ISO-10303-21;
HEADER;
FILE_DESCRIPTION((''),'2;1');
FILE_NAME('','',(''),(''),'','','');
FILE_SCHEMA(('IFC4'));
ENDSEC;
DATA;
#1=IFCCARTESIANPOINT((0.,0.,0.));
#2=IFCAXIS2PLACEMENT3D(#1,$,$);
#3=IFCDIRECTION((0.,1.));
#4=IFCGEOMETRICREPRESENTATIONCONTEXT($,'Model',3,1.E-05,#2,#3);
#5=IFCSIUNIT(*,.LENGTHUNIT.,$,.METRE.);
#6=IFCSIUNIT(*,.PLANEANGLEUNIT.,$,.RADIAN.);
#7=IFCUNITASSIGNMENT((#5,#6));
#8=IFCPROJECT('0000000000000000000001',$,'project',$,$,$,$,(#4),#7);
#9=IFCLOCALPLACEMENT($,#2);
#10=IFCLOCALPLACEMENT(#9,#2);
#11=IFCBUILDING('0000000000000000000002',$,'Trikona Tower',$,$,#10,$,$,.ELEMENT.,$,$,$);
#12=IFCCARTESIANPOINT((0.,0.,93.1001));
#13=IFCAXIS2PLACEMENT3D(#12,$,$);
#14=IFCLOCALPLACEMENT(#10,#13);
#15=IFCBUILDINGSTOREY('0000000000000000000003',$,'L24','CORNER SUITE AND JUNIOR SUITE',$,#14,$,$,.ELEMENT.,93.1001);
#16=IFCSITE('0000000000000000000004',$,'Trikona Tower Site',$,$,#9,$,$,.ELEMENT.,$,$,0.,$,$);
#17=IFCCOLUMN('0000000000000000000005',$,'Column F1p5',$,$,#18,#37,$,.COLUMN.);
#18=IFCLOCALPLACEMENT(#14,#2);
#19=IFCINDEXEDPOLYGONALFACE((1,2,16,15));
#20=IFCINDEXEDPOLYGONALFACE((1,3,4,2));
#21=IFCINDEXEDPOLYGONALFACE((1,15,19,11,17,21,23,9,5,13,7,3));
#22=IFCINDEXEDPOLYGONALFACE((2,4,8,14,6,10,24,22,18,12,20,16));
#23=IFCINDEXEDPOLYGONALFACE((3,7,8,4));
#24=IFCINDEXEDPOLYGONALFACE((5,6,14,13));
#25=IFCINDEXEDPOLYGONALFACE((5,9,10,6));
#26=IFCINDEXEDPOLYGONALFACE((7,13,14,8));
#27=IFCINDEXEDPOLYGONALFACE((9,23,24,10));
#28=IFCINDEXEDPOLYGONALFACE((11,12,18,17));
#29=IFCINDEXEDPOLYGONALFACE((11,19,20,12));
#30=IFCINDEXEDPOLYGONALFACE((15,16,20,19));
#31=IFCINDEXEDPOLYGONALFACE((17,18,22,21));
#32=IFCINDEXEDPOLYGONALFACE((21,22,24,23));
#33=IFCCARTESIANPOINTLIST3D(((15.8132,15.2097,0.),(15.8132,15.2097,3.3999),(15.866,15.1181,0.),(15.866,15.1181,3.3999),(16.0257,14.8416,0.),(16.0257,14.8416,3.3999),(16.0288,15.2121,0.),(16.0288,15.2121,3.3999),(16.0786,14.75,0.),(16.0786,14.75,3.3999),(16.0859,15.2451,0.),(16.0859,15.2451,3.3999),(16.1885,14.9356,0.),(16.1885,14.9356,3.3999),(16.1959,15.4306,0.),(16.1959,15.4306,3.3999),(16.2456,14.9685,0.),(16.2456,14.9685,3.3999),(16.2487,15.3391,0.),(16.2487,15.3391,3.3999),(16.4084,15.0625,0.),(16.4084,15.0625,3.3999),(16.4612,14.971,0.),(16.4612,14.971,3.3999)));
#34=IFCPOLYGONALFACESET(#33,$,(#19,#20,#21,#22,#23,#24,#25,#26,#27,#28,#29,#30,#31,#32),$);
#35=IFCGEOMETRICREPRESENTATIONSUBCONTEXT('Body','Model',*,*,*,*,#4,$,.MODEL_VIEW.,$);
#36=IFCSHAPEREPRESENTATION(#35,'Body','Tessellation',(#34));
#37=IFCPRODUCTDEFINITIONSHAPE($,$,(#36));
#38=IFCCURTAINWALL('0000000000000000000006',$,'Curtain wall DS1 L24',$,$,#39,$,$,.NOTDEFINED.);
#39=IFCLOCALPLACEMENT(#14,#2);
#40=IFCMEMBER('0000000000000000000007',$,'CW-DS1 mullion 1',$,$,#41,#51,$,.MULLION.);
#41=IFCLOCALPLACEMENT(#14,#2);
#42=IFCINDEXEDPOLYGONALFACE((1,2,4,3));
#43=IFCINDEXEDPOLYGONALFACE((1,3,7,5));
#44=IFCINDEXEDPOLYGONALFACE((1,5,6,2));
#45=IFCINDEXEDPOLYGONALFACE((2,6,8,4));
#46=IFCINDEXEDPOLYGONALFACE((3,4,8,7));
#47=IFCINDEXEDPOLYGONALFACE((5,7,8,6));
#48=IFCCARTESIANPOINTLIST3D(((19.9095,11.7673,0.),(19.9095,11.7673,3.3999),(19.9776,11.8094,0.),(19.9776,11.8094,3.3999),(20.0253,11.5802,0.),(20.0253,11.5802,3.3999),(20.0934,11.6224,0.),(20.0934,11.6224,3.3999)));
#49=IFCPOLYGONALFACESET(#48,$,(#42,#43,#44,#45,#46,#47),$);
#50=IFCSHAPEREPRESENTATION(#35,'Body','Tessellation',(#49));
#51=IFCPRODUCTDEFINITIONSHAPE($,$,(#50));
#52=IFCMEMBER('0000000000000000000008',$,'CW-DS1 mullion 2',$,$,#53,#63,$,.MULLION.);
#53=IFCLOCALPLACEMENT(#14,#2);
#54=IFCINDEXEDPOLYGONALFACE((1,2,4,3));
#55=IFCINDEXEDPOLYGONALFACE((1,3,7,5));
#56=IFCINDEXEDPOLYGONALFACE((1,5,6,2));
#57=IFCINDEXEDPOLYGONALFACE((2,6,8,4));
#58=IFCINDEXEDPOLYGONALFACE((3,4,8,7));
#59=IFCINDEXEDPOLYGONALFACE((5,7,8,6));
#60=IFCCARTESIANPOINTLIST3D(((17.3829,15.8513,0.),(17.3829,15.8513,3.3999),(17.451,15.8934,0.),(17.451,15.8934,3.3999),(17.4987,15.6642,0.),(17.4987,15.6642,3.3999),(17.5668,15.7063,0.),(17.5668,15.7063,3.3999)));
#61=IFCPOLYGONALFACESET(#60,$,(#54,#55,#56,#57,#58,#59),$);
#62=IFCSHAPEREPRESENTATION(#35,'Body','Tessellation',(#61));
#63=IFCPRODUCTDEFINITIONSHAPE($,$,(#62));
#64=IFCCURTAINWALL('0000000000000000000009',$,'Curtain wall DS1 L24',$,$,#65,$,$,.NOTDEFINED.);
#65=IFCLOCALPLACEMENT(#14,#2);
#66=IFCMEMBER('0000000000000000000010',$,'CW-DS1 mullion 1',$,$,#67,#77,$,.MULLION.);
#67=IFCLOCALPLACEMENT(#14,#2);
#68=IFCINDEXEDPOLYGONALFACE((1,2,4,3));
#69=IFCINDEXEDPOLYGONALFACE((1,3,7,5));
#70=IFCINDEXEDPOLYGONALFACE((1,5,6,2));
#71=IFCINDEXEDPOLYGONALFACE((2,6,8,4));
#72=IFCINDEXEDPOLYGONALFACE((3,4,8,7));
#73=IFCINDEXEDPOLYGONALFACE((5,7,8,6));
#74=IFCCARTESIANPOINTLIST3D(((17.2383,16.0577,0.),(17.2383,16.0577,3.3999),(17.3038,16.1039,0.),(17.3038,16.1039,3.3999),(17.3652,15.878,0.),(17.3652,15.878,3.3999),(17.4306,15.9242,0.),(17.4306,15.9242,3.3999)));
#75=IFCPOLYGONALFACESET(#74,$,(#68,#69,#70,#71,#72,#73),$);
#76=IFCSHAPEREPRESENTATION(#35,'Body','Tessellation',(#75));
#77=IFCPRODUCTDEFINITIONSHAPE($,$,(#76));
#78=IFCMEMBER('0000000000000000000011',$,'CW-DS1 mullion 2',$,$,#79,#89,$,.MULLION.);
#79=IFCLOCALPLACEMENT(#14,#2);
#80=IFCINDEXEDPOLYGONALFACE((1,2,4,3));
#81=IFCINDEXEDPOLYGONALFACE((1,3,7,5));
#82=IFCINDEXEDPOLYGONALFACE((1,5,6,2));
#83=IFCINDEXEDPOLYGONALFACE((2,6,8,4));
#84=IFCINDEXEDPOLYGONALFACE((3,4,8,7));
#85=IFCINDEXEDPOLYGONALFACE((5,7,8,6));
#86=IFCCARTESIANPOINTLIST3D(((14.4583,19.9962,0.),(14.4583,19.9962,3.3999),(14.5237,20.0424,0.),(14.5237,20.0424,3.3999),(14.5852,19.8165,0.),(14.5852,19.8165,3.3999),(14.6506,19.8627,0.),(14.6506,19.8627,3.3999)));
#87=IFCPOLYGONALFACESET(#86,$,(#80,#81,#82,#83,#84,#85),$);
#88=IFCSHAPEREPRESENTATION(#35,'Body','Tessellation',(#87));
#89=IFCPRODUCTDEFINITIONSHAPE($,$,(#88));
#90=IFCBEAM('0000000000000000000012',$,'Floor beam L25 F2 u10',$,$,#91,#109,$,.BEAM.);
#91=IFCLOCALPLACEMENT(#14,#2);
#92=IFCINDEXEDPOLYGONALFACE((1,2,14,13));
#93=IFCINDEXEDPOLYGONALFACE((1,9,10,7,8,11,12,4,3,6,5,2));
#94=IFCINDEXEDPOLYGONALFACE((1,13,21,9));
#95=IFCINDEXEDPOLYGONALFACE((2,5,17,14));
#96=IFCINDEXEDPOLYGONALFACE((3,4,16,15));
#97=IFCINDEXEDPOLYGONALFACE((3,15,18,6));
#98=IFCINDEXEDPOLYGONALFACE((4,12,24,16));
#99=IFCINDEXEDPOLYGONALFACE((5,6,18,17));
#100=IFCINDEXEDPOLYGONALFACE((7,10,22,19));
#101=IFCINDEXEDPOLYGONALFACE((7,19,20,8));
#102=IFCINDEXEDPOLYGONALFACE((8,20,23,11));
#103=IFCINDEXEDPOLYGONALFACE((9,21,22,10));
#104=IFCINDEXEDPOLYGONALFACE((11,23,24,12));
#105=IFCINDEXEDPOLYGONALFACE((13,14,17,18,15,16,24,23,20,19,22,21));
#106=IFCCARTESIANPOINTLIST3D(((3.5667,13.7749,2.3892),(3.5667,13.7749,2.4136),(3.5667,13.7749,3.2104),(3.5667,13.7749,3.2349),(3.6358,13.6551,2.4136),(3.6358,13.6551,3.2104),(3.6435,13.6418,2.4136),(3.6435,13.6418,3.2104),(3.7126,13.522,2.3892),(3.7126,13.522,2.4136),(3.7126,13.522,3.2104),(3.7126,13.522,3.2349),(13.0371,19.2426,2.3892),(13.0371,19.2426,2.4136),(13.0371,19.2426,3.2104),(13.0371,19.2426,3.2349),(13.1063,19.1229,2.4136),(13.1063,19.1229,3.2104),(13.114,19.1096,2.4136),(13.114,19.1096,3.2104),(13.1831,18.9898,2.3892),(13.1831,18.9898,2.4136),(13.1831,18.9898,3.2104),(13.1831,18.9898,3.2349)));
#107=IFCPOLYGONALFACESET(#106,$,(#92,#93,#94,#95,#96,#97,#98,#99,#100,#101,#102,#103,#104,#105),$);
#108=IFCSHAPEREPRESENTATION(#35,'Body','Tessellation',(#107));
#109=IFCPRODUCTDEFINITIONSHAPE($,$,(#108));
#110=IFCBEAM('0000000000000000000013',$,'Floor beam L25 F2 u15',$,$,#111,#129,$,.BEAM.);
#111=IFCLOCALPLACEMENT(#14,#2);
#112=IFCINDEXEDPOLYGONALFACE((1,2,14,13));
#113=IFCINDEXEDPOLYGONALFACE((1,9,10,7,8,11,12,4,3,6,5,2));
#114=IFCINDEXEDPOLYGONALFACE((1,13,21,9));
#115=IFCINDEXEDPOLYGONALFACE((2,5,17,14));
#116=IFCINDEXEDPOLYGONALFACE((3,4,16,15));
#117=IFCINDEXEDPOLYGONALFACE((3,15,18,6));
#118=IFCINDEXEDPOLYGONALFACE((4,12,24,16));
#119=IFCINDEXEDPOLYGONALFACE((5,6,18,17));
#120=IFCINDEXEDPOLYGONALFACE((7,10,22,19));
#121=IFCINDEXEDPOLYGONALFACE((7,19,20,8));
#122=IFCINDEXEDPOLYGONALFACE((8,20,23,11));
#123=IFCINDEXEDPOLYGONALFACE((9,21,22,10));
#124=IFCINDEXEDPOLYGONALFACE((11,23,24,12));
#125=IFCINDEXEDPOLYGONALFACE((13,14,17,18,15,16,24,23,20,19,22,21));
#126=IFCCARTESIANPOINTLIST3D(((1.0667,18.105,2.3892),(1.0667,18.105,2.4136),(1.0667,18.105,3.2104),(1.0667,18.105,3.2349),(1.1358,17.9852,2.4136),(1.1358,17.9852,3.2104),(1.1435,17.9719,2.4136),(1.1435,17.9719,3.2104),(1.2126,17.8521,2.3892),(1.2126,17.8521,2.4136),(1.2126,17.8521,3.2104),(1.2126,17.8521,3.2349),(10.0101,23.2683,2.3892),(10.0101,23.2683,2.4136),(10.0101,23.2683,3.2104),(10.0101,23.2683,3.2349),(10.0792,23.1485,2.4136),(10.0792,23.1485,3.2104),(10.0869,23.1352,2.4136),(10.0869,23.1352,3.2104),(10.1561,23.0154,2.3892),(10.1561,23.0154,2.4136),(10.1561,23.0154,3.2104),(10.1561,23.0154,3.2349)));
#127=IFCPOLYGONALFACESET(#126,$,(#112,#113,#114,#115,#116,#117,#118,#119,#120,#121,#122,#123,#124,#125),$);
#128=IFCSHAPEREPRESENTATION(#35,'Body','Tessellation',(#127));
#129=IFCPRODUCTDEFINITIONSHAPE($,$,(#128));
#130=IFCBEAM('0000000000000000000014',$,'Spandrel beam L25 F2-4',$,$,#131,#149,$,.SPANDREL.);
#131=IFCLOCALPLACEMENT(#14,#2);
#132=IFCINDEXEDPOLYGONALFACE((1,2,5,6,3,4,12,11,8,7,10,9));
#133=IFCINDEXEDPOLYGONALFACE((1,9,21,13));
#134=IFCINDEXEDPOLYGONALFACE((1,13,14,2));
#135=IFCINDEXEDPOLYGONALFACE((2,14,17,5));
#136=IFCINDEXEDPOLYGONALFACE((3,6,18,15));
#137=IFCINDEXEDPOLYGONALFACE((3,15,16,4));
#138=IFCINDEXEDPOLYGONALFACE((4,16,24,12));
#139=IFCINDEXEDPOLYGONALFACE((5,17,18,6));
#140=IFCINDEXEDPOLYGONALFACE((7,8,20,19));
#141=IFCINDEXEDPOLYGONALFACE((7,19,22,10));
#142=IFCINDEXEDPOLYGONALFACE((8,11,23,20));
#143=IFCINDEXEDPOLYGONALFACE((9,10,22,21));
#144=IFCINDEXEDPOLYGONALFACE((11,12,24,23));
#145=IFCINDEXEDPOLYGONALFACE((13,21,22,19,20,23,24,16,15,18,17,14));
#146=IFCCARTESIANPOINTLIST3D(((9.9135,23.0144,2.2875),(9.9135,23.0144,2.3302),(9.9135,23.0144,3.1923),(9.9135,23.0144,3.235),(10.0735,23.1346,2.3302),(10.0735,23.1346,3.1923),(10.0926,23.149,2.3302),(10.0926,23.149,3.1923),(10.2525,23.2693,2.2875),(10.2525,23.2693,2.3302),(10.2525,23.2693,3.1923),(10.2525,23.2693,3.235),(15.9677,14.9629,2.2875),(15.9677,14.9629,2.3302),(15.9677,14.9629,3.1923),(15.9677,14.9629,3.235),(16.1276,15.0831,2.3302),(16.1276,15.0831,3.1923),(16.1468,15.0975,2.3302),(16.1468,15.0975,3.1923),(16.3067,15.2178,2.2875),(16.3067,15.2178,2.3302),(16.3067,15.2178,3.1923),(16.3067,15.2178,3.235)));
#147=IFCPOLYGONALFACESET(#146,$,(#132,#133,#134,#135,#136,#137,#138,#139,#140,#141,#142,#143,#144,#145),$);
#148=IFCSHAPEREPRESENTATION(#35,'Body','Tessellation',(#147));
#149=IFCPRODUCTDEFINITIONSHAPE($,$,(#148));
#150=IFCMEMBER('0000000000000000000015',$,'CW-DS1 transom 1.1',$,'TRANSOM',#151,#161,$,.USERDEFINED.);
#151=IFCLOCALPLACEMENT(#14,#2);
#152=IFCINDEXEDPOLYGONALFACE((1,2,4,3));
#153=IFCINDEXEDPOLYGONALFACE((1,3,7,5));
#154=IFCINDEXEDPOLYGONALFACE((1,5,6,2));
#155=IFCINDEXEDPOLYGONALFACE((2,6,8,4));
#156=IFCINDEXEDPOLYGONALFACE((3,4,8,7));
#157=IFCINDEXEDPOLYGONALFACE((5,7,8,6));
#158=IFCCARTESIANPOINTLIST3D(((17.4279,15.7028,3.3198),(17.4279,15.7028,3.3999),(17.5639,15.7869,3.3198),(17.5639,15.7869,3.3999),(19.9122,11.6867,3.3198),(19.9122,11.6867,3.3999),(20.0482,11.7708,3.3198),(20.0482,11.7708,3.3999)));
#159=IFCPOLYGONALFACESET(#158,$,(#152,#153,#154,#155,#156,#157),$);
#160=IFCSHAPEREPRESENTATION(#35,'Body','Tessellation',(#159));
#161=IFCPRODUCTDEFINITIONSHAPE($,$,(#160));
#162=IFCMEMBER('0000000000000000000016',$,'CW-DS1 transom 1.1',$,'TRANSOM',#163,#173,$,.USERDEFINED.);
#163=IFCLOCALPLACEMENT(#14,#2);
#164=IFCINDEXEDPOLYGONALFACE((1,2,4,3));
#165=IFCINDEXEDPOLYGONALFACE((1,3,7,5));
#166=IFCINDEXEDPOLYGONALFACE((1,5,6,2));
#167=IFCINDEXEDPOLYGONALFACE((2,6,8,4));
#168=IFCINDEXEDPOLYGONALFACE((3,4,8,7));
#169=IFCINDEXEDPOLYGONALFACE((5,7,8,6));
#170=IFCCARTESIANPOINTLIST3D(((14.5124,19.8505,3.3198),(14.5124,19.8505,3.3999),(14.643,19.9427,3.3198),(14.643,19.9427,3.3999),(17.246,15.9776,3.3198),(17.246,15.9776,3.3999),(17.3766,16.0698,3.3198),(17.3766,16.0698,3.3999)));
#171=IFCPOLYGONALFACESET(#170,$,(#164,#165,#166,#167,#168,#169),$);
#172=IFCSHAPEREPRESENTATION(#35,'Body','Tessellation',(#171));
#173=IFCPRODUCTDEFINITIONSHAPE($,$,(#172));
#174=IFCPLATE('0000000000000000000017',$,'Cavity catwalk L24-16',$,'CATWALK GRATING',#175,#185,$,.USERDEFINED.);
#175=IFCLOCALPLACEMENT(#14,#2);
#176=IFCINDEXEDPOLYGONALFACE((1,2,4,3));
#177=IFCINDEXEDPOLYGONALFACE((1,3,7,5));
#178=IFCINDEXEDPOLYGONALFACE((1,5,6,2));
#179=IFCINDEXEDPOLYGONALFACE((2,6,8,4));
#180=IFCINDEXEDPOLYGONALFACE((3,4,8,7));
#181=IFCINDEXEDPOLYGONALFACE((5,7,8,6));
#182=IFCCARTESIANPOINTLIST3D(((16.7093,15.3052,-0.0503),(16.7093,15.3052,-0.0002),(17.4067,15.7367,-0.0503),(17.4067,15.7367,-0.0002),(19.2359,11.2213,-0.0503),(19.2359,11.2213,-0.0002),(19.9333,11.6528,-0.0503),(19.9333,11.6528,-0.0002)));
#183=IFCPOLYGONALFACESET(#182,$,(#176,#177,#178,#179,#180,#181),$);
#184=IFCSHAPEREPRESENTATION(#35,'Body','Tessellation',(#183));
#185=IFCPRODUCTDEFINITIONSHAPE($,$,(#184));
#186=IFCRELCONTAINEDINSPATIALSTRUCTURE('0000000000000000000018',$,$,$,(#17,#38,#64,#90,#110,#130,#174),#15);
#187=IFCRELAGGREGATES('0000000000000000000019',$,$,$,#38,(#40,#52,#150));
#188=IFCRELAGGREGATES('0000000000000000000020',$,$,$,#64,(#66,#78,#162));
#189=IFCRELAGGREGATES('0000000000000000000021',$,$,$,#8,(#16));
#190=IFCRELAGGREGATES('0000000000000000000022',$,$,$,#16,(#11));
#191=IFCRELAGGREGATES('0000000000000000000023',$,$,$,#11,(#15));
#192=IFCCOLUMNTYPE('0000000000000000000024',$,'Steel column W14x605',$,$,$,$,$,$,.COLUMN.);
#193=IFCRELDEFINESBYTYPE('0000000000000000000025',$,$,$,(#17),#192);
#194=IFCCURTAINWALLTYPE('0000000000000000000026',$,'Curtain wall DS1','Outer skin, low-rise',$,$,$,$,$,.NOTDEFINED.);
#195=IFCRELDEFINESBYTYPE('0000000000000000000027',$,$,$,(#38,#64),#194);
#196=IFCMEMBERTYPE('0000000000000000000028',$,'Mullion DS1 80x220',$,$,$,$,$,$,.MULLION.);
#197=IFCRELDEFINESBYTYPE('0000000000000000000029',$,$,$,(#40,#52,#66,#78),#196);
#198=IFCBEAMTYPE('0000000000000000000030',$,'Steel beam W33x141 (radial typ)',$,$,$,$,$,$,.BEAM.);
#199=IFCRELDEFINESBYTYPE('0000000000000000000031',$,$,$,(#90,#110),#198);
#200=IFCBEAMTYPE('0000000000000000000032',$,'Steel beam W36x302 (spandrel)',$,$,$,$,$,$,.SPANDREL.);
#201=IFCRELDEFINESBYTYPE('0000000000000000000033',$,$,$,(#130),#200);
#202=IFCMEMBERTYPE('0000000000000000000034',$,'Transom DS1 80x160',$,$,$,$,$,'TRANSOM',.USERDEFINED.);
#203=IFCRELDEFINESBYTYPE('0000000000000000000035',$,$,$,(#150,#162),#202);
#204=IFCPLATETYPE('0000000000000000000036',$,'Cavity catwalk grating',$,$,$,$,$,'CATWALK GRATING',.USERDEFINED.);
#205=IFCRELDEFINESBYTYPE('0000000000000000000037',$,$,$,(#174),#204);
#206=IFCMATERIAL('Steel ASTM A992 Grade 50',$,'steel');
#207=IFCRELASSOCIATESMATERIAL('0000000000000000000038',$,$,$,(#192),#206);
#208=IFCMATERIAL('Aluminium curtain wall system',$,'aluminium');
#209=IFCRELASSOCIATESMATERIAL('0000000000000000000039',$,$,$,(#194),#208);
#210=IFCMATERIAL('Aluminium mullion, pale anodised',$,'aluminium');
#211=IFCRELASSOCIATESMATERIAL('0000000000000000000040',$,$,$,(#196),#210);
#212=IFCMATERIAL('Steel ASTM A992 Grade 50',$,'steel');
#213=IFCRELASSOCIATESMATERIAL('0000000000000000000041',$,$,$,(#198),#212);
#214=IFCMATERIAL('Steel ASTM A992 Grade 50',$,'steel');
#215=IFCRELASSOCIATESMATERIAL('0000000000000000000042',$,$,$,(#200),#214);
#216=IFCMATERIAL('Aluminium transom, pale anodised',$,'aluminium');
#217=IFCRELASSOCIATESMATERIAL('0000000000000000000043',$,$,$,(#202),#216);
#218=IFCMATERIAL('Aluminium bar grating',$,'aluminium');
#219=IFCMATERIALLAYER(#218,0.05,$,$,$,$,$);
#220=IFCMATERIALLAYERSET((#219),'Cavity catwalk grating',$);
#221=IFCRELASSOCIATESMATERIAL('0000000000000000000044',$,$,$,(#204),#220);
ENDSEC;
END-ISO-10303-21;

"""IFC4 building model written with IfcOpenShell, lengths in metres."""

from ifc_helpers import new_model, si_unit, direction, frame, origin, origin_2d, place, context, subcontext, project, spatial, rectangle, i_section, extrude, material, layer, layer_set, material_profile, profile_set, type_object, element, aggregate, save


model = new_model("IFC4")

# Units and contexts
model_context = context("Model", 3, precision=1e-05, world=origin(), true_north=direction((0.0, 1.0)))
body_context = subcontext(model_context, "Body", "Model", "MODEL_VIEW")
ifc_project = project(units=[si_unit("LENGTHUNIT", "METRE"), si_unit("PLANEANGLEUNIT", "RADIAN")], contexts=[model_context])

# Site, building, storey
site_placement = place(None, origin())
site = spatial("IfcSite", under=ifc_project, at=site_placement, Name="Trikona Tower Site", CompositionType="ELEMENT", RefElevation=0.0)
building_placement = place(site_placement, origin())
building = spatial("IfcBuilding", under=site, at=building_placement, Name="Trikona Tower", CompositionType="ELEMENT")
storey_placement = place(building_placement, frame((0.0, 0.0, 93.1001)))
storey = spatial("IfcBuildingStorey", under=building, at=storey_placement, Name="L24", Description="CORNER SUITE AND JUNIOR SUITE", CompositionType="ELEMENT", Elevation=93.1001)

# Column
ifc_material_1 = material(Name="Steel ASTM A992 Grade 50", Category="steel")
ifc_material_profile_1 = material_profile(ifc_material_1, i_section(OverallWidth=0.4419, OverallDepth=0.5308, WebThickness=0.0659, FlangeThickness=0.1057, at=origin_2d()), Name="W14X605")
ifc_profile_set_1 = profile_set([ifc_material_profile_1], Name="Steel ASTM A992 Grade 50")
column_type = type_object("IfcColumnType", Name="Steel column W14x605", PredefinedType="COLUMN", material=ifc_profile_set_1)
column_placement = place(storey_placement, frame((16.1372, 15.0903, 0.0), z_axis=(0.0, 0.0, 1.0), x_axis=(0.866025, 0.5, 0.0)))
element("IfcColumn", 1, at=column_placement, inside=storey, type_object=column_type, Name="Column F1p5", PredefinedType="COLUMN", context=body_context, shape_type="SweptSolid", body=[
    extrude(i_section(OverallWidth=0.4419, OverallDepth=0.5308, WebThickness=0.0659, FlangeThickness=0.1057, at=origin_2d()), origin(), (0.0, 0.0, 1.0), 3.3999),
])

# Curtain walls, members
ifc_material_2 = material(Name="Aluminium curtain wall system", Category="aluminium")
curtain_wall_type = type_object("IfcCurtainWallType", Name="Curtain wall DS1", Description="Outer skin, low-rise", PredefinedType="NOTDEFINED", material=ifc_material_2)
curtain_wall_1_placement = place(storey_placement, origin())
curtain_wall_1 = element("IfcCurtainWall", 2, at=curtain_wall_1_placement, inside=storey, type_object=curtain_wall_type, Name="Curtain wall DS1 L24", PredefinedType="NOTDEFINED")
ifc_material_3 = material(Name="Aluminium mullion, pale anodised", Category="aluminium")
ifc_material_profile_2 = material_profile(ifc_material_3, rectangle(XDim=0.0801, YDim=0.22, at=origin_2d()), Name="MUL-DS1")
ifc_profile_set_2 = profile_set([ifc_material_profile_2], Name="Aluminium mullion, pale anodised")
member_type_1 = type_object("IfcMemberType", Name="Mullion DS1 80x220", PredefinedType="MULLION", material=ifc_profile_set_2)
member_1_placement = place(storey_placement, frame((20.0015, 11.6948, 0.0), z_axis=(0.0, 0.0, 1.0), x_axis=(-0.85041, -0.52612, 0.0)))
member_1 = element("IfcMember", 3, at=member_1_placement, type_object=member_type_1, Name="CW-DS1 mullion 1", PredefinedType="MULLION", context=body_context, shape_type="SweptSolid", body=[
    extrude(rectangle(XDim=0.0801, YDim=0.22, at=origin_2d()), origin(), (0.0, 0.0, 1.0), 3.3999),
])
member_2_placement = place(storey_placement, frame((17.4749, 15.7788, 0.0), z_axis=(0.0, 0.0, 1.0), x_axis=(-0.85041, -0.52612, 0.0)))
member_2 = element("IfcMember", 4, at=member_2_placement, type_object=member_type_1, Name="CW-DS1 mullion 2", PredefinedType="MULLION", context=body_context, shape_type="SweptSolid", body=[
    extrude(rectangle(XDim=0.0801, YDim=0.22, at=origin_2d()), origin(), (0.0, 0.0, 1.0), 3.3999),
])
curtain_wall_2_placement = place(storey_placement, origin())
curtain_wall_2 = element("IfcCurtainWall", 5, at=curtain_wall_2_placement, inside=storey, type_object=curtain_wall_type, Name="Curtain wall DS1 L24", PredefinedType="NOTDEFINED")
member_3_placement = place(storey_placement, frame((17.3345, 15.991, 0.0), z_axis=(0.0, 0.0, 1.0), x_axis=(-0.816985, -0.576658, 0.0)))
member_3 = element("IfcMember", 6, at=member_3_placement, type_object=member_type_1, Name="CW-DS1 mullion 1", PredefinedType="MULLION", context=body_context, shape_type="SweptSolid", body=[
    extrude(rectangle(XDim=0.0801, YDim=0.22, at=origin_2d()), origin(), (0.0, 0.0, 1.0), 3.3999),
])
member_4_placement = place(storey_placement, frame((14.5544, 19.9294, 0.0), z_axis=(0.0, 0.0, 1.0), x_axis=(-0.816985, -0.576658, 0.0)))
member_4 = element("IfcMember", 7, at=member_4_placement, type_object=member_type_1, Name="CW-DS1 mullion 2", PredefinedType="MULLION", context=body_context, shape_type="SweptSolid", body=[
    extrude(rectangle(XDim=0.0801, YDim=0.22, at=origin_2d()), origin(), (0.0, 0.0, 1.0), 3.3999),
])

# Beams
ifc_material_4 = material(Name="Steel ASTM A992 Grade 50", Category="steel")
ifc_material_profile_3 = material_profile(ifc_material_4, i_section(OverallWidth=0.292, OverallDepth=0.8457, WebThickness=0.0154, FlangeThickness=0.0244, at=origin_2d()), Name="W33X141")
ifc_profile_set_3 = profile_set([ifc_material_profile_3], Name="Steel ASTM A992 Grade 50")
beam_type_1 = type_object("IfcBeamType", Name="Steel beam W33x141 (radial typ)", PredefinedType="BEAM", material=ifc_profile_set_3)
beam_1_placement = place(storey_placement, frame((3.6396, 13.6484, 2.812), z_axis=(0.866025, 0.5, 0.0), x_axis=(-0.5, 0.866025, 0.0)))
element("IfcBeam", 8, at=beam_1_placement, inside=storey, type_object=beam_type_1, Name="Floor beam L25 F2 u10", PredefinedType="BEAM", context=body_context, shape_type="SweptSolid", body=[
    extrude(i_section(OverallWidth=0.292, OverallDepth=0.8457, WebThickness=0.0154, FlangeThickness=0.0244, at=origin_2d()), origin(), (0.0, 0.0, 1.0), 10.9355),
])
beam_2_placement = place(storey_placement, frame((1.1396, 17.9785, 2.812), z_axis=(0.86603, 0.499991, 0.0), x_axis=(-0.499991, 0.86603, 0.0)))
element("IfcBeam", 9, at=beam_2_placement, inside=storey, type_object=beam_type_1, Name="Floor beam L25 F2 u15", PredefinedType="BEAM", context=body_context, shape_type="SweptSolid", body=[
    extrude(i_section(OverallWidth=0.292, OverallDepth=0.8457, WebThickness=0.0154, FlangeThickness=0.0244, at=origin_2d()), origin(), (0.0, 0.0, 1.0), 10.3269),
])
ifc_material_5 = material(Name="Steel ASTM A992 Grade 50", Category="steel")
ifc_material_profile_4 = material_profile(ifc_material_5, i_section(OverallWidth=0.4241, OverallDepth=0.9475, WebThickness=0.0239, FlangeThickness=0.0427, at=origin_2d()), Name="W36X302")
ifc_profile_set_4 = profile_set([ifc_material_profile_4], Name="Steel ASTM A992 Grade 50")
beam_type_2 = type_object("IfcBeamType", Name="Steel beam W36x302 (spandrel)", PredefinedType="SPANDREL", material=ifc_profile_set_4)
beam_3_placement = place(storey_placement, frame((16.1372, 15.0903, 2.7612), z_axis=(-0.600988, 0.799258, 0.0), x_axis=(-0.799258, -0.600988, 0.0)))
element("IfcBeam", 10, at=beam_3_placement, inside=storey, type_object=beam_type_2, Name="Spandrel beam L25 F2-4", PredefinedType="SPANDREL", context=body_context, shape_type="SweptSolid", body=[
    extrude(i_section(OverallWidth=0.4241, OverallDepth=0.9475, WebThickness=0.0239, FlangeThickness=0.0427, at=origin_2d()), origin(), (0.0, 0.0, 1.0), 10.0737),
])

# Members
ifc_material_6 = material(Name="Aluminium transom, pale anodised", Category="aluminium")
ifc_material_profile_5 = material_profile(ifc_material_6, rectangle(XDim=0.1599, YDim=0.0801, at=origin_2d()), Name="TRN-DS1")
ifc_profile_set_5 = profile_set([ifc_material_profile_5], Name="Aluminium transom, pale anodised")
member_type_2 = type_object("IfcMemberType", Name="Transom DS1 80x160", ElementType="TRANSOM", PredefinedType="USERDEFINED", material=ifc_profile_set_5)
member_5_placement = place(storey_placement, frame((19.9802, 11.7288, 3.3599), z_axis=(-0.526081, 0.850435, 0.0), x_axis=(-0.850435, -0.526081, 0.0)))
member_5 = element("IfcMember", 11, at=member_5_placement, type_object=member_type_2, Name="CW-DS1 transom 1.1", ObjectType="TRANSOM", PredefinedType="USERDEFINED", context=body_context, shape_type="SweptSolid", body=[
    extrude(rectangle(XDim=0.1599, YDim=0.0801, at=origin_2d()), origin(), (0.0, 0.0, 1.0), 4.7224),
])
member_6_placement = place(storey_placement, frame((17.3113, 16.0237, 3.3599), z_axis=(-0.576645, 0.816995, 0.0), x_axis=(-0.816995, -0.576645, 0.0)))
member_6 = element("IfcMember", 12, at=member_6_placement, type_object=member_type_2, Name="CW-DS1 transom 1.1", ObjectType="TRANSOM", PredefinedType="USERDEFINED", context=body_context, shape_type="SweptSolid", body=[
    extrude(rectangle(XDim=0.1599, YDim=0.0801, at=origin_2d()), origin(), (0.0, 0.0, 1.0), 4.7405),
])

# Plate
ifc_material_7 = material(Name="Aluminium bar grating", Category="aluminium")
ifc_layer_1 = layer(ifc_material_7, 0.05)
ifc_layer_set_1 = layer_set([ifc_layer_1], Name="Cavity catwalk grating")
plate_type_1 = type_object("IfcPlateType", Name="Cavity catwalk grating", ElementType="CATWALK GRATING", PredefinedType="USERDEFINED", material=ifc_layer_set_1)
plate_1_placement = place(storey_placement, frame((18.3213, 13.479, -0.0503), z_axis=(0.0, 0.0, 1.0), x_axis=(-0.526119, 0.850411, 0.0)))
element("IfcPlate", 13, at=plate_1_placement, inside=storey, type_object=plate_type_1, Name="Cavity catwalk L24-16", ObjectType="CATWALK GRATING", PredefinedType="USERDEFINED", context=body_context, shape_type="SweptSolid", body=[
    extrude(rectangle(XDim=4.8022, YDim=0.8201, at=origin_2d()), origin(), (0.0, 0.0, 1.0), 0.05),
])

aggregate(curtain_wall_1, [member_1, member_2, member_5])
aggregate(curtain_wall_2, [member_3, member_4, member_6])

save(model, "model.ifc")
